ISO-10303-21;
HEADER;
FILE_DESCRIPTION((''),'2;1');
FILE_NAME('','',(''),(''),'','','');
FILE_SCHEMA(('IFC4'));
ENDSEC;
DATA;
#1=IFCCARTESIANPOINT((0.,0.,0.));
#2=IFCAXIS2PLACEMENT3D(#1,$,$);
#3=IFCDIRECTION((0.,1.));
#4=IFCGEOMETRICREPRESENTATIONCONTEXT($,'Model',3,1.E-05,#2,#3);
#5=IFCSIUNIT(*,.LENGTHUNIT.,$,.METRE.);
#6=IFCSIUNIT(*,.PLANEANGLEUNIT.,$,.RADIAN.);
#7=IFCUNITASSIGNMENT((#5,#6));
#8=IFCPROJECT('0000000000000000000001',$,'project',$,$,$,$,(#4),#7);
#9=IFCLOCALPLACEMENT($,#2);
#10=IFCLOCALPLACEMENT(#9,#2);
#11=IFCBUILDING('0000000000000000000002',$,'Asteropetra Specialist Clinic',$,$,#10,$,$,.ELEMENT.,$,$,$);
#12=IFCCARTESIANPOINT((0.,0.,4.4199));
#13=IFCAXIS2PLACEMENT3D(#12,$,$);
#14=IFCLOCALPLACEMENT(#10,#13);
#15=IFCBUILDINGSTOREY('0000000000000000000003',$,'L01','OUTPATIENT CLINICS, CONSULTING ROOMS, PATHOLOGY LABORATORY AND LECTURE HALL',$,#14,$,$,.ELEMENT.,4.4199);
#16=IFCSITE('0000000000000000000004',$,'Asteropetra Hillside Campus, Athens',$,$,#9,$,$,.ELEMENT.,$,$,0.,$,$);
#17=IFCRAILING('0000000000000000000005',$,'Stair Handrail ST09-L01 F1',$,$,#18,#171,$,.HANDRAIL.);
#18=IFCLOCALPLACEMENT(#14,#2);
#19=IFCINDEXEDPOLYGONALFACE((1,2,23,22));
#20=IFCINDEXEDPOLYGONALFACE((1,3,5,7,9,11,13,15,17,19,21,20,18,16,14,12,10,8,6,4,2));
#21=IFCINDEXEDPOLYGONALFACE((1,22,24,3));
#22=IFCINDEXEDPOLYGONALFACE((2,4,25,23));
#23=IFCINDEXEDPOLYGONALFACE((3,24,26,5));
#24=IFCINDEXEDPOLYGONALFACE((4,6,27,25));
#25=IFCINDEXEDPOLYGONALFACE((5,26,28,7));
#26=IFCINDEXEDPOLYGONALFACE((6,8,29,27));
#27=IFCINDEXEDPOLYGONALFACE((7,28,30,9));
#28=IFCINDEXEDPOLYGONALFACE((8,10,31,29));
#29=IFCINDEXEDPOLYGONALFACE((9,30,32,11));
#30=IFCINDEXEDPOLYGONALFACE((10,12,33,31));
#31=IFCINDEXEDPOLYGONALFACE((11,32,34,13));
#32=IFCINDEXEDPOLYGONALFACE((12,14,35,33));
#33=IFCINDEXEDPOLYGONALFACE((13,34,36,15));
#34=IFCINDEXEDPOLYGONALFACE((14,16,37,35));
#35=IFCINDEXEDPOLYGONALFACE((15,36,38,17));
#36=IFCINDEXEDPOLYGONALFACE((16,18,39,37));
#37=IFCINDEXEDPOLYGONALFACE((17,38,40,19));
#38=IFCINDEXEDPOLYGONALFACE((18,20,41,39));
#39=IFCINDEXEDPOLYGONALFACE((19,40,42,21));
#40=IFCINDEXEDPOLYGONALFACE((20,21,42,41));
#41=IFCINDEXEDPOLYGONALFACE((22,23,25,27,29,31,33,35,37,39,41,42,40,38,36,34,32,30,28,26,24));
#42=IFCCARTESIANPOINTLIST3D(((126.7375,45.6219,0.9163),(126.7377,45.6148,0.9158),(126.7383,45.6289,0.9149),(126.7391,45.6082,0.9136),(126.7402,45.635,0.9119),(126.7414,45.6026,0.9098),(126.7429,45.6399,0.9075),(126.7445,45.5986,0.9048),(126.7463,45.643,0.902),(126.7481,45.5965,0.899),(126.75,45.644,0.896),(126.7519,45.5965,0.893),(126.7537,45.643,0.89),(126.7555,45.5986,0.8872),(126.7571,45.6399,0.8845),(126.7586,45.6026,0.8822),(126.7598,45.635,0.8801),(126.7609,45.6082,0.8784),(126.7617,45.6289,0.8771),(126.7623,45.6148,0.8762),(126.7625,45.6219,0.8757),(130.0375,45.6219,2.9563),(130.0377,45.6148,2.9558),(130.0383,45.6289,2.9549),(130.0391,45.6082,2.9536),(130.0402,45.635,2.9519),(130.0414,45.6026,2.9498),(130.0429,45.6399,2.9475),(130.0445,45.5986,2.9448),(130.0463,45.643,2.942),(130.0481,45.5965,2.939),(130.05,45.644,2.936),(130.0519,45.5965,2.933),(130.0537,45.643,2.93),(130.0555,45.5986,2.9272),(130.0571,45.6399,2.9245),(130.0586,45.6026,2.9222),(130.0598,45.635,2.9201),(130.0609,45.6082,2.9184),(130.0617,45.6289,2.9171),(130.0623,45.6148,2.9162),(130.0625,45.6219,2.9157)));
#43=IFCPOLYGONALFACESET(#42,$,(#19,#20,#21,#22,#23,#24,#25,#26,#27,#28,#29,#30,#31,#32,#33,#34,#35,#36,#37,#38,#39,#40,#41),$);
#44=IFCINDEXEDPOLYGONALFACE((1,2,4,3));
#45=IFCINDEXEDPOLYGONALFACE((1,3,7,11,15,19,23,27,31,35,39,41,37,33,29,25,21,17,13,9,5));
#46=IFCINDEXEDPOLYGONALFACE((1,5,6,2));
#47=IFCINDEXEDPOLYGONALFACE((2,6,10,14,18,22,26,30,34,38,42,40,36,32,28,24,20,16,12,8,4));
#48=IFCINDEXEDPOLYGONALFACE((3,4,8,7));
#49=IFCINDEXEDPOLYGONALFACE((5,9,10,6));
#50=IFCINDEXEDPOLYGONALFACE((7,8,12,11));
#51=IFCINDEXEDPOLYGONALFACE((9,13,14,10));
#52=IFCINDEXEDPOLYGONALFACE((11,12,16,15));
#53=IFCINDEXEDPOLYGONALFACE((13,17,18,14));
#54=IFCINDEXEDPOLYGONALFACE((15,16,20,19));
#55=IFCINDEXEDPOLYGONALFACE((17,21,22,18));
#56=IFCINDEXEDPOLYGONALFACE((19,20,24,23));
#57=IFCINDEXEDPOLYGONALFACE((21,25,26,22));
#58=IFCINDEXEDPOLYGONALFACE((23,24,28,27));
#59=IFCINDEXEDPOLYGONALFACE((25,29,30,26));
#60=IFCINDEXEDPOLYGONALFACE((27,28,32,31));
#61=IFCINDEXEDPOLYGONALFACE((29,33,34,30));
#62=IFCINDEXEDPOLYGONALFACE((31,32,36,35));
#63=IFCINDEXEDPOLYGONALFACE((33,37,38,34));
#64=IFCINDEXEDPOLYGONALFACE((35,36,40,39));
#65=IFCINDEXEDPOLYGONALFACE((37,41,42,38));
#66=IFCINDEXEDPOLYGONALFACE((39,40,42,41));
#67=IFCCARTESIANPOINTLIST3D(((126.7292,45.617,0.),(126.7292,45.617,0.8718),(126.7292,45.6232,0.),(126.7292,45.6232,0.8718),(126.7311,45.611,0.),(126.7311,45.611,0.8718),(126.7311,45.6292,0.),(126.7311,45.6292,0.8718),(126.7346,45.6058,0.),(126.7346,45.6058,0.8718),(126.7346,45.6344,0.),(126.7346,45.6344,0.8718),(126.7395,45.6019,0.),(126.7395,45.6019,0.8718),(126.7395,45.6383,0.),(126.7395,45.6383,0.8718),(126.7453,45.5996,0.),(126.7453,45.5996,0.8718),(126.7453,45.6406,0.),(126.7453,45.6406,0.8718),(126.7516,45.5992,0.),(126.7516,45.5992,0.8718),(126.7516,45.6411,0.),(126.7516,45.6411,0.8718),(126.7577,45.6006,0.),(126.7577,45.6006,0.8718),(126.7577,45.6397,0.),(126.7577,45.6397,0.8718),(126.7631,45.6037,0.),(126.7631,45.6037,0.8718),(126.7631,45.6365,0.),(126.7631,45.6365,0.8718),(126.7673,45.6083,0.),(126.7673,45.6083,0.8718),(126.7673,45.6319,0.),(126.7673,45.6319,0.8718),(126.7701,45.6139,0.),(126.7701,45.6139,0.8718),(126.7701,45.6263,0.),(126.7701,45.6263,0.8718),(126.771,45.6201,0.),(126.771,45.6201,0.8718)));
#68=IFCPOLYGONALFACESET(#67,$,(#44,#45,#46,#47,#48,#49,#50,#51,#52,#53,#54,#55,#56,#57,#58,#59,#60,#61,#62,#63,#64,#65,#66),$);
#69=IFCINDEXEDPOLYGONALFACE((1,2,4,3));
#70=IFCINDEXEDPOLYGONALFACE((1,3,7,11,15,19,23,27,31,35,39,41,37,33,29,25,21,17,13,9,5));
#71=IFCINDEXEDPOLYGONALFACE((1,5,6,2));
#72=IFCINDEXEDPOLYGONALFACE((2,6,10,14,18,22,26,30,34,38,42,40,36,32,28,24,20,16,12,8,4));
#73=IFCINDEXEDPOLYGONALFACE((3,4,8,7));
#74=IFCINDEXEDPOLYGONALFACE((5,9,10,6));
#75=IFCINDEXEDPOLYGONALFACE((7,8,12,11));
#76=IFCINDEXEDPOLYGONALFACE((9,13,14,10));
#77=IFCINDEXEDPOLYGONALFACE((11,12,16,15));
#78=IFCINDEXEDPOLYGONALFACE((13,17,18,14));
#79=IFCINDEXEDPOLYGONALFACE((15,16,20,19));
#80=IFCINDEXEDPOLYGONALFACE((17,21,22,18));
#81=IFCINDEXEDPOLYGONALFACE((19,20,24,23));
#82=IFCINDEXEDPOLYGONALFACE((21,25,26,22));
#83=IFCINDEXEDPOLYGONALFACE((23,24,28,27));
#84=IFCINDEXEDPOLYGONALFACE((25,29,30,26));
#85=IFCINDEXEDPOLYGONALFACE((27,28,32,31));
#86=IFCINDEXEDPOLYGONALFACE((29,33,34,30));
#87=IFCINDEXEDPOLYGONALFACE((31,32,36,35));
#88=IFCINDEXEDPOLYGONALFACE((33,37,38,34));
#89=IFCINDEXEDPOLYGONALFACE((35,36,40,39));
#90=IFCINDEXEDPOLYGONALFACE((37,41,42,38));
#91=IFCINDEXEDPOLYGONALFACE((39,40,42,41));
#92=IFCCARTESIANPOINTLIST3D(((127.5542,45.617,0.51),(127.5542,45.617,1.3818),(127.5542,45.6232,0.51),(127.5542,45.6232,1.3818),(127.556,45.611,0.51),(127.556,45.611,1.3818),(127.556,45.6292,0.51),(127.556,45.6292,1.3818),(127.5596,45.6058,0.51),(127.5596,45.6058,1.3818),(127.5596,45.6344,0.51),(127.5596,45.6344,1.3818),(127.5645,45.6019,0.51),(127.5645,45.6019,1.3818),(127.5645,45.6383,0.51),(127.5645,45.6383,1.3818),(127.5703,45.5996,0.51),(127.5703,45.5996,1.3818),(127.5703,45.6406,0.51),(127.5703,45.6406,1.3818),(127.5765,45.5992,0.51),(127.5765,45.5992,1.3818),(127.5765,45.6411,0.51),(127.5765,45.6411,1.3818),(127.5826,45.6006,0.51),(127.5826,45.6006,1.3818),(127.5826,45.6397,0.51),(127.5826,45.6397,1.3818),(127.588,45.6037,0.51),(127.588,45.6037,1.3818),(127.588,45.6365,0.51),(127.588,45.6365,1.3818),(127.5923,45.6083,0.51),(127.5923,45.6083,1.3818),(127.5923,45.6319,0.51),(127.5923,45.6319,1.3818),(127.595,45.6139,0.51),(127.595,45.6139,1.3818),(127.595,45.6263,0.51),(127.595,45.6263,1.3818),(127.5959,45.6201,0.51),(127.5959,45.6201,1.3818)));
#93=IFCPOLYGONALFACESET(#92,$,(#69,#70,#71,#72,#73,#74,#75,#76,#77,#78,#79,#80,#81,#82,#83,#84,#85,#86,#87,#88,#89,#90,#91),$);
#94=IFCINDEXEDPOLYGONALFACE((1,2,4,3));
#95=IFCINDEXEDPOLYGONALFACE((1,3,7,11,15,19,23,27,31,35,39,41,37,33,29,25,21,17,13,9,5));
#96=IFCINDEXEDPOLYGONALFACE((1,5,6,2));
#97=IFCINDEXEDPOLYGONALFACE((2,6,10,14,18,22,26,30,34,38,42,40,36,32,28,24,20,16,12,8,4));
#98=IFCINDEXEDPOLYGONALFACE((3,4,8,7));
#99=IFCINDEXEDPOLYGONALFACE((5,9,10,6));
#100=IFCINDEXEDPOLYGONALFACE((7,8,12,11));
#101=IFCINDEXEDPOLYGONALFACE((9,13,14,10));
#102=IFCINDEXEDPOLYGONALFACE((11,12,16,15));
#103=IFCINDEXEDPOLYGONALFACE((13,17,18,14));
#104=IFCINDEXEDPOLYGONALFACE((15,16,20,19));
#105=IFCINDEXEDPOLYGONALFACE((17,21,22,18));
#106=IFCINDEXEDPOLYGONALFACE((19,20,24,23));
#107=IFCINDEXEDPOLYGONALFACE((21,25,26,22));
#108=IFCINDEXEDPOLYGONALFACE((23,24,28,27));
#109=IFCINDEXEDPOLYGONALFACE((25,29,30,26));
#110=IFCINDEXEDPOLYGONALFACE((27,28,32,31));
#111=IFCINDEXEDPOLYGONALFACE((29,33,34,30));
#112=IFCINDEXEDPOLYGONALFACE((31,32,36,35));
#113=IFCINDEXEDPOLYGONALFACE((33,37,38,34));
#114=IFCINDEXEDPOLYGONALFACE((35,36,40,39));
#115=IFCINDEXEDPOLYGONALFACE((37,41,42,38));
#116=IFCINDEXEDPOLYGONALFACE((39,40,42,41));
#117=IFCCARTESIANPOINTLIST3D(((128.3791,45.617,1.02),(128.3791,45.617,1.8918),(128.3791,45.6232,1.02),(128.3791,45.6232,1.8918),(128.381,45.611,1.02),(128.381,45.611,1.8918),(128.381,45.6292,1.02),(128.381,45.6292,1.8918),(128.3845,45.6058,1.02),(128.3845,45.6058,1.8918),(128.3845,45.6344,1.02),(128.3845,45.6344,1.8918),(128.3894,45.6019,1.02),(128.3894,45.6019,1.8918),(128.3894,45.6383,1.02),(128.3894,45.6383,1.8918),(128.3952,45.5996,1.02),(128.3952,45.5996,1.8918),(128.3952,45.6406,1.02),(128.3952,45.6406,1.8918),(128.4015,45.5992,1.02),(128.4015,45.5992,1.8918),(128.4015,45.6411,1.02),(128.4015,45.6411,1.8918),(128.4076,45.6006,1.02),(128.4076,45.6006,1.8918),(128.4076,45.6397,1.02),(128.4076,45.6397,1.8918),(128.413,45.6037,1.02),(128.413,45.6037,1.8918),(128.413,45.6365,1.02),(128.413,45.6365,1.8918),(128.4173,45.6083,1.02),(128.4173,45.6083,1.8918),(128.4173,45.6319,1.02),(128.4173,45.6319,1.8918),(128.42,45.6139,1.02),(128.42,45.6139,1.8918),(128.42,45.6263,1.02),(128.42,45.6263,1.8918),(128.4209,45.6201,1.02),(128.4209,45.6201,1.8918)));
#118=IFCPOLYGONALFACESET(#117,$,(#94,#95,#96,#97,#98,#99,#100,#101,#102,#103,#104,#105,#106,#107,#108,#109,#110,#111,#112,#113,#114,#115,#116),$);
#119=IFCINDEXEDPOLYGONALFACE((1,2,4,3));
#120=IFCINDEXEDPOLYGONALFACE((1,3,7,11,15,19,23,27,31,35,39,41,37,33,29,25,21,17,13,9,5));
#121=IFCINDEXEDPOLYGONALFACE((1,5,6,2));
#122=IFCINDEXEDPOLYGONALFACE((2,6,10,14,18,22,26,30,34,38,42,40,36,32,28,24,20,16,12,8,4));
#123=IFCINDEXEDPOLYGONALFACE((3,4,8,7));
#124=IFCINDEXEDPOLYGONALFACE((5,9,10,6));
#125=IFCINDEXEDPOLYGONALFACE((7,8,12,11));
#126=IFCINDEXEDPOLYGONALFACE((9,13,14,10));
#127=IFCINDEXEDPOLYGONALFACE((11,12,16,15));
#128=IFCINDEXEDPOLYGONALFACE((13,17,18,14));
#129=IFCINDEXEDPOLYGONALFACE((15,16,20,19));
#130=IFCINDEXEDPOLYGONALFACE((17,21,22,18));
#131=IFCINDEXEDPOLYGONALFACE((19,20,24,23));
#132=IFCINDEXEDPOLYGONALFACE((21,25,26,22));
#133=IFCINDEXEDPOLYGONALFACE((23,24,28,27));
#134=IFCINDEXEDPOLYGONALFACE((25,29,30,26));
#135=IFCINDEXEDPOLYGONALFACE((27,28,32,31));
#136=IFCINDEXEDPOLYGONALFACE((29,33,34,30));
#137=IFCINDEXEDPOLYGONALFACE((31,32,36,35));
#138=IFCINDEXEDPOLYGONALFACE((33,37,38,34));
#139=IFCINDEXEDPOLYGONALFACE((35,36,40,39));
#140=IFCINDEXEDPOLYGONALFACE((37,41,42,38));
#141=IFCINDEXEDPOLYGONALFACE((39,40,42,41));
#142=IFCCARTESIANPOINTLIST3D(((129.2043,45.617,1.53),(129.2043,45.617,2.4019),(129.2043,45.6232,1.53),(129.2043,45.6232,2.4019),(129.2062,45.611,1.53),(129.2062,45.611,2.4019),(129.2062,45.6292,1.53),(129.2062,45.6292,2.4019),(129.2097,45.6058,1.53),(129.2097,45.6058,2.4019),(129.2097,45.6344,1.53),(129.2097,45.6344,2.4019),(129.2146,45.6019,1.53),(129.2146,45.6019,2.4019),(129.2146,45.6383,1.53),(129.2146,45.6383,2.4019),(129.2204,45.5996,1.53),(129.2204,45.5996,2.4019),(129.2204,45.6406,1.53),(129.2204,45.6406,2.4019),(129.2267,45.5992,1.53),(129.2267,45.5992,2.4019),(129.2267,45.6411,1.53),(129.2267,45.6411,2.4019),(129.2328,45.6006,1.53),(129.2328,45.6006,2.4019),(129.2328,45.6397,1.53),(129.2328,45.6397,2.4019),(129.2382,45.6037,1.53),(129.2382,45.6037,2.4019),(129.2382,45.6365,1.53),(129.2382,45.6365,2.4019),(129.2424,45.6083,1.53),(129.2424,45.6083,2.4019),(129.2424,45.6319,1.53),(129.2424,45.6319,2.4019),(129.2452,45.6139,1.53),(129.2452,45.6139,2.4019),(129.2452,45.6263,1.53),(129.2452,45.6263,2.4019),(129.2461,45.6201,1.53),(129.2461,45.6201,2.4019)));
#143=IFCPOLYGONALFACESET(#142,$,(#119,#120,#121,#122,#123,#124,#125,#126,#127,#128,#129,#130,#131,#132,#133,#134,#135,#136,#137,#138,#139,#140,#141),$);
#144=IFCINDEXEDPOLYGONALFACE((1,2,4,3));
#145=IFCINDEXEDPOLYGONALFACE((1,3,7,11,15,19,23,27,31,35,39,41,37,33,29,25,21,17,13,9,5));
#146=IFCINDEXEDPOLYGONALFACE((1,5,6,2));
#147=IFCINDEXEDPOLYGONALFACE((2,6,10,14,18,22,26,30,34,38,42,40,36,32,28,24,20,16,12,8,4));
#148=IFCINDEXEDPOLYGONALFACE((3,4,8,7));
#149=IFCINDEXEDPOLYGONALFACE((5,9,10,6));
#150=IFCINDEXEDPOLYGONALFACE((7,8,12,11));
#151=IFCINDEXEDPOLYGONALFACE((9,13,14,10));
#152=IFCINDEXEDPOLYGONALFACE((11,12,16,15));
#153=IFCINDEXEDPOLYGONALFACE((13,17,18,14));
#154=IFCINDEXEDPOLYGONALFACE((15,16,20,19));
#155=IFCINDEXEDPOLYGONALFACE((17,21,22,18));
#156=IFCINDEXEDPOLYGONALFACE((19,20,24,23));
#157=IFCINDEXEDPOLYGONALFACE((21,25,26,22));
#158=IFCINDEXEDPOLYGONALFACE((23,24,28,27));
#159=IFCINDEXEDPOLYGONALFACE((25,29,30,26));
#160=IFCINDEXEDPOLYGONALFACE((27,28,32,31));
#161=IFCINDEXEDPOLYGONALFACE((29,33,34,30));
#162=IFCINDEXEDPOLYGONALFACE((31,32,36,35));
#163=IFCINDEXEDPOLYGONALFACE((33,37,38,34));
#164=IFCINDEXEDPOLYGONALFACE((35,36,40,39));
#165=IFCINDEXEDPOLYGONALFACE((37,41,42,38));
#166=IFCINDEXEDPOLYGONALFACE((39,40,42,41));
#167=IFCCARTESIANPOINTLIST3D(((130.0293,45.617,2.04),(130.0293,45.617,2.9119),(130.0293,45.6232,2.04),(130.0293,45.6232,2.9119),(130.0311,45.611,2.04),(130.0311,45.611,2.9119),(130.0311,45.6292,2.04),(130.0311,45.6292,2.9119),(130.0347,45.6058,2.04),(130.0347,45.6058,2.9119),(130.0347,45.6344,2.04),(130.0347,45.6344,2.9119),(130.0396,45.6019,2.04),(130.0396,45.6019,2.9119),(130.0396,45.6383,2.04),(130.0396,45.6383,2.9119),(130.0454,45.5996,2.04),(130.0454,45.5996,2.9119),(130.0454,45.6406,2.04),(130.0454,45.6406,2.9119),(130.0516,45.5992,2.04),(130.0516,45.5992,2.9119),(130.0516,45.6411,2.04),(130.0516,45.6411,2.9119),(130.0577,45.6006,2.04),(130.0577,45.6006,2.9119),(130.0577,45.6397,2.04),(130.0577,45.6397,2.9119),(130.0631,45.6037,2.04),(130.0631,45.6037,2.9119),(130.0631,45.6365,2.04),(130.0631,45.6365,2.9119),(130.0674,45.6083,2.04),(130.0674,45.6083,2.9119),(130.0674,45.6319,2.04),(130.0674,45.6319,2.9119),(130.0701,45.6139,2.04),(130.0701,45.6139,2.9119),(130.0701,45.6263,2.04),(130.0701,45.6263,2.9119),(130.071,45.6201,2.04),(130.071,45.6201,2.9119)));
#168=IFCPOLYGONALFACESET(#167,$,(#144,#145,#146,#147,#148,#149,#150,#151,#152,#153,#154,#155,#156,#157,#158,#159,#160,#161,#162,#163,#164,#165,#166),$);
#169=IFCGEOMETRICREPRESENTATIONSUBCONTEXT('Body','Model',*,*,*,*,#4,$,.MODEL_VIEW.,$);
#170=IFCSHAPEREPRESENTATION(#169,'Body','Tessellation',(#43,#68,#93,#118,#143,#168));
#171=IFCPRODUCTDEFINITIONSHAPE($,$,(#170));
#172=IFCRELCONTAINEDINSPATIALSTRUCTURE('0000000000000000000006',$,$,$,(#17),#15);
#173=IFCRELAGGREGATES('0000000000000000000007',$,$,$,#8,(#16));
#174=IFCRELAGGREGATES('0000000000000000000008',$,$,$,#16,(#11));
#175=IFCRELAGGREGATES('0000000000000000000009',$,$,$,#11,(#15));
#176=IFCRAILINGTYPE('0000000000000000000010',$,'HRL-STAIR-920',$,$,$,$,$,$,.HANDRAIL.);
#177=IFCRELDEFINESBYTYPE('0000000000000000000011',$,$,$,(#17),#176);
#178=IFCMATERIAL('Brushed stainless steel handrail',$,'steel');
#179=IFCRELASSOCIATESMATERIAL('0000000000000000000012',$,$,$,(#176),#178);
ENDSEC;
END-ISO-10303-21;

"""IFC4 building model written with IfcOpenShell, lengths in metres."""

from ifc_helpers import new_model, si_unit, direction, frame, origin, origin_2d, place, context, subcontext, project, spatial, circle, extrude, material, type_object, element, save


model = new_model("IFC4")

# Units and contexts
model_context = context("Model", 3, precision=1e-05, world=origin(), true_north=direction((0.0, 1.0)))
body_context = subcontext(model_context, "Body", "Model", "MODEL_VIEW")
ifc_project = project(units=[si_unit("LENGTHUNIT", "METRE"), si_unit("PLANEANGLEUNIT", "RADIAN")], contexts=[model_context])

# Site, building, storey
site_placement = place(None, origin())
site = spatial("IfcSite", under=ifc_project, at=site_placement, Name="Asteropetra Hillside Campus, Athens", CompositionType="ELEMENT", RefElevation=0.0)
building_placement = place(site_placement, origin())
building = spatial("IfcBuilding", under=site, at=building_placement, Name="Asteropetra Specialist Clinic", CompositionType="ELEMENT")
storey_placement = place(building_placement, frame((0.0, 0.0, 4.4199)))
storey = spatial("IfcBuildingStorey", under=building, at=storey_placement, Name="L01", Description="OUTPATIENT CLINICS, CONSULTING ROOMS, PATHOLOGY LABORATORY AND LECTURE HALL", CompositionType="ELEMENT", Elevation=4.4199)

# Railing
ifc_material_1 = material(Name="Brushed stainless steel handrail", Category="steel")
railing_type_1 = type_object("IfcRailingType", Name="HRL-STAIR-920", PredefinedType="HANDRAIL", material=ifc_material_1)
for number, where, name in (
    (1, (126.75, 45.6201, 0.0), "Stair Handrail ST09-L01 F1"),
):
    element("IfcRailing", number, at=place(storey_placement, frame(where)), inside=storey, type_object=railing_type_1, Name=name, PredefinedType="HANDRAIL", context=body_context, shape_type="SweptSolid", body=[
        extrude(circle(Radius=0.0239, at=origin_2d()), frame((0.0, 0.0, 0.896), z_axis=(0.850594, 0.0, 0.525824), x_axis=(0.0, 1.0, 0.0)), (0.0, 0.0, 1.0), 3.8796),
        extrude(circle(Radius=0.021, at=origin_2d()), origin(), (0.0, 0.0, 1.0), 0.8718),
        extrude(circle(Radius=0.021, at=origin_2d()), frame((0.825, 0.0, 0.51)), (0.0, 0.0, 1.0), 0.8718),
        extrude(circle(Radius=0.021, at=origin_2d()), frame((1.6499, 0.0, 1.02)), (0.0, 0.0, 1.0), 0.8718),
        extrude(circle(Radius=0.021, at=origin_2d()), frame((2.4751, 0.0, 1.53)), (0.0, 0.0, 1.0), 0.8718),
        extrude(circle(Radius=0.021, at=origin_2d()), frame((3.3, 0.0, 2.04)), (0.0, 0.0, 1.0), 0.8718),
    ])

save(model, "model.ifc")
